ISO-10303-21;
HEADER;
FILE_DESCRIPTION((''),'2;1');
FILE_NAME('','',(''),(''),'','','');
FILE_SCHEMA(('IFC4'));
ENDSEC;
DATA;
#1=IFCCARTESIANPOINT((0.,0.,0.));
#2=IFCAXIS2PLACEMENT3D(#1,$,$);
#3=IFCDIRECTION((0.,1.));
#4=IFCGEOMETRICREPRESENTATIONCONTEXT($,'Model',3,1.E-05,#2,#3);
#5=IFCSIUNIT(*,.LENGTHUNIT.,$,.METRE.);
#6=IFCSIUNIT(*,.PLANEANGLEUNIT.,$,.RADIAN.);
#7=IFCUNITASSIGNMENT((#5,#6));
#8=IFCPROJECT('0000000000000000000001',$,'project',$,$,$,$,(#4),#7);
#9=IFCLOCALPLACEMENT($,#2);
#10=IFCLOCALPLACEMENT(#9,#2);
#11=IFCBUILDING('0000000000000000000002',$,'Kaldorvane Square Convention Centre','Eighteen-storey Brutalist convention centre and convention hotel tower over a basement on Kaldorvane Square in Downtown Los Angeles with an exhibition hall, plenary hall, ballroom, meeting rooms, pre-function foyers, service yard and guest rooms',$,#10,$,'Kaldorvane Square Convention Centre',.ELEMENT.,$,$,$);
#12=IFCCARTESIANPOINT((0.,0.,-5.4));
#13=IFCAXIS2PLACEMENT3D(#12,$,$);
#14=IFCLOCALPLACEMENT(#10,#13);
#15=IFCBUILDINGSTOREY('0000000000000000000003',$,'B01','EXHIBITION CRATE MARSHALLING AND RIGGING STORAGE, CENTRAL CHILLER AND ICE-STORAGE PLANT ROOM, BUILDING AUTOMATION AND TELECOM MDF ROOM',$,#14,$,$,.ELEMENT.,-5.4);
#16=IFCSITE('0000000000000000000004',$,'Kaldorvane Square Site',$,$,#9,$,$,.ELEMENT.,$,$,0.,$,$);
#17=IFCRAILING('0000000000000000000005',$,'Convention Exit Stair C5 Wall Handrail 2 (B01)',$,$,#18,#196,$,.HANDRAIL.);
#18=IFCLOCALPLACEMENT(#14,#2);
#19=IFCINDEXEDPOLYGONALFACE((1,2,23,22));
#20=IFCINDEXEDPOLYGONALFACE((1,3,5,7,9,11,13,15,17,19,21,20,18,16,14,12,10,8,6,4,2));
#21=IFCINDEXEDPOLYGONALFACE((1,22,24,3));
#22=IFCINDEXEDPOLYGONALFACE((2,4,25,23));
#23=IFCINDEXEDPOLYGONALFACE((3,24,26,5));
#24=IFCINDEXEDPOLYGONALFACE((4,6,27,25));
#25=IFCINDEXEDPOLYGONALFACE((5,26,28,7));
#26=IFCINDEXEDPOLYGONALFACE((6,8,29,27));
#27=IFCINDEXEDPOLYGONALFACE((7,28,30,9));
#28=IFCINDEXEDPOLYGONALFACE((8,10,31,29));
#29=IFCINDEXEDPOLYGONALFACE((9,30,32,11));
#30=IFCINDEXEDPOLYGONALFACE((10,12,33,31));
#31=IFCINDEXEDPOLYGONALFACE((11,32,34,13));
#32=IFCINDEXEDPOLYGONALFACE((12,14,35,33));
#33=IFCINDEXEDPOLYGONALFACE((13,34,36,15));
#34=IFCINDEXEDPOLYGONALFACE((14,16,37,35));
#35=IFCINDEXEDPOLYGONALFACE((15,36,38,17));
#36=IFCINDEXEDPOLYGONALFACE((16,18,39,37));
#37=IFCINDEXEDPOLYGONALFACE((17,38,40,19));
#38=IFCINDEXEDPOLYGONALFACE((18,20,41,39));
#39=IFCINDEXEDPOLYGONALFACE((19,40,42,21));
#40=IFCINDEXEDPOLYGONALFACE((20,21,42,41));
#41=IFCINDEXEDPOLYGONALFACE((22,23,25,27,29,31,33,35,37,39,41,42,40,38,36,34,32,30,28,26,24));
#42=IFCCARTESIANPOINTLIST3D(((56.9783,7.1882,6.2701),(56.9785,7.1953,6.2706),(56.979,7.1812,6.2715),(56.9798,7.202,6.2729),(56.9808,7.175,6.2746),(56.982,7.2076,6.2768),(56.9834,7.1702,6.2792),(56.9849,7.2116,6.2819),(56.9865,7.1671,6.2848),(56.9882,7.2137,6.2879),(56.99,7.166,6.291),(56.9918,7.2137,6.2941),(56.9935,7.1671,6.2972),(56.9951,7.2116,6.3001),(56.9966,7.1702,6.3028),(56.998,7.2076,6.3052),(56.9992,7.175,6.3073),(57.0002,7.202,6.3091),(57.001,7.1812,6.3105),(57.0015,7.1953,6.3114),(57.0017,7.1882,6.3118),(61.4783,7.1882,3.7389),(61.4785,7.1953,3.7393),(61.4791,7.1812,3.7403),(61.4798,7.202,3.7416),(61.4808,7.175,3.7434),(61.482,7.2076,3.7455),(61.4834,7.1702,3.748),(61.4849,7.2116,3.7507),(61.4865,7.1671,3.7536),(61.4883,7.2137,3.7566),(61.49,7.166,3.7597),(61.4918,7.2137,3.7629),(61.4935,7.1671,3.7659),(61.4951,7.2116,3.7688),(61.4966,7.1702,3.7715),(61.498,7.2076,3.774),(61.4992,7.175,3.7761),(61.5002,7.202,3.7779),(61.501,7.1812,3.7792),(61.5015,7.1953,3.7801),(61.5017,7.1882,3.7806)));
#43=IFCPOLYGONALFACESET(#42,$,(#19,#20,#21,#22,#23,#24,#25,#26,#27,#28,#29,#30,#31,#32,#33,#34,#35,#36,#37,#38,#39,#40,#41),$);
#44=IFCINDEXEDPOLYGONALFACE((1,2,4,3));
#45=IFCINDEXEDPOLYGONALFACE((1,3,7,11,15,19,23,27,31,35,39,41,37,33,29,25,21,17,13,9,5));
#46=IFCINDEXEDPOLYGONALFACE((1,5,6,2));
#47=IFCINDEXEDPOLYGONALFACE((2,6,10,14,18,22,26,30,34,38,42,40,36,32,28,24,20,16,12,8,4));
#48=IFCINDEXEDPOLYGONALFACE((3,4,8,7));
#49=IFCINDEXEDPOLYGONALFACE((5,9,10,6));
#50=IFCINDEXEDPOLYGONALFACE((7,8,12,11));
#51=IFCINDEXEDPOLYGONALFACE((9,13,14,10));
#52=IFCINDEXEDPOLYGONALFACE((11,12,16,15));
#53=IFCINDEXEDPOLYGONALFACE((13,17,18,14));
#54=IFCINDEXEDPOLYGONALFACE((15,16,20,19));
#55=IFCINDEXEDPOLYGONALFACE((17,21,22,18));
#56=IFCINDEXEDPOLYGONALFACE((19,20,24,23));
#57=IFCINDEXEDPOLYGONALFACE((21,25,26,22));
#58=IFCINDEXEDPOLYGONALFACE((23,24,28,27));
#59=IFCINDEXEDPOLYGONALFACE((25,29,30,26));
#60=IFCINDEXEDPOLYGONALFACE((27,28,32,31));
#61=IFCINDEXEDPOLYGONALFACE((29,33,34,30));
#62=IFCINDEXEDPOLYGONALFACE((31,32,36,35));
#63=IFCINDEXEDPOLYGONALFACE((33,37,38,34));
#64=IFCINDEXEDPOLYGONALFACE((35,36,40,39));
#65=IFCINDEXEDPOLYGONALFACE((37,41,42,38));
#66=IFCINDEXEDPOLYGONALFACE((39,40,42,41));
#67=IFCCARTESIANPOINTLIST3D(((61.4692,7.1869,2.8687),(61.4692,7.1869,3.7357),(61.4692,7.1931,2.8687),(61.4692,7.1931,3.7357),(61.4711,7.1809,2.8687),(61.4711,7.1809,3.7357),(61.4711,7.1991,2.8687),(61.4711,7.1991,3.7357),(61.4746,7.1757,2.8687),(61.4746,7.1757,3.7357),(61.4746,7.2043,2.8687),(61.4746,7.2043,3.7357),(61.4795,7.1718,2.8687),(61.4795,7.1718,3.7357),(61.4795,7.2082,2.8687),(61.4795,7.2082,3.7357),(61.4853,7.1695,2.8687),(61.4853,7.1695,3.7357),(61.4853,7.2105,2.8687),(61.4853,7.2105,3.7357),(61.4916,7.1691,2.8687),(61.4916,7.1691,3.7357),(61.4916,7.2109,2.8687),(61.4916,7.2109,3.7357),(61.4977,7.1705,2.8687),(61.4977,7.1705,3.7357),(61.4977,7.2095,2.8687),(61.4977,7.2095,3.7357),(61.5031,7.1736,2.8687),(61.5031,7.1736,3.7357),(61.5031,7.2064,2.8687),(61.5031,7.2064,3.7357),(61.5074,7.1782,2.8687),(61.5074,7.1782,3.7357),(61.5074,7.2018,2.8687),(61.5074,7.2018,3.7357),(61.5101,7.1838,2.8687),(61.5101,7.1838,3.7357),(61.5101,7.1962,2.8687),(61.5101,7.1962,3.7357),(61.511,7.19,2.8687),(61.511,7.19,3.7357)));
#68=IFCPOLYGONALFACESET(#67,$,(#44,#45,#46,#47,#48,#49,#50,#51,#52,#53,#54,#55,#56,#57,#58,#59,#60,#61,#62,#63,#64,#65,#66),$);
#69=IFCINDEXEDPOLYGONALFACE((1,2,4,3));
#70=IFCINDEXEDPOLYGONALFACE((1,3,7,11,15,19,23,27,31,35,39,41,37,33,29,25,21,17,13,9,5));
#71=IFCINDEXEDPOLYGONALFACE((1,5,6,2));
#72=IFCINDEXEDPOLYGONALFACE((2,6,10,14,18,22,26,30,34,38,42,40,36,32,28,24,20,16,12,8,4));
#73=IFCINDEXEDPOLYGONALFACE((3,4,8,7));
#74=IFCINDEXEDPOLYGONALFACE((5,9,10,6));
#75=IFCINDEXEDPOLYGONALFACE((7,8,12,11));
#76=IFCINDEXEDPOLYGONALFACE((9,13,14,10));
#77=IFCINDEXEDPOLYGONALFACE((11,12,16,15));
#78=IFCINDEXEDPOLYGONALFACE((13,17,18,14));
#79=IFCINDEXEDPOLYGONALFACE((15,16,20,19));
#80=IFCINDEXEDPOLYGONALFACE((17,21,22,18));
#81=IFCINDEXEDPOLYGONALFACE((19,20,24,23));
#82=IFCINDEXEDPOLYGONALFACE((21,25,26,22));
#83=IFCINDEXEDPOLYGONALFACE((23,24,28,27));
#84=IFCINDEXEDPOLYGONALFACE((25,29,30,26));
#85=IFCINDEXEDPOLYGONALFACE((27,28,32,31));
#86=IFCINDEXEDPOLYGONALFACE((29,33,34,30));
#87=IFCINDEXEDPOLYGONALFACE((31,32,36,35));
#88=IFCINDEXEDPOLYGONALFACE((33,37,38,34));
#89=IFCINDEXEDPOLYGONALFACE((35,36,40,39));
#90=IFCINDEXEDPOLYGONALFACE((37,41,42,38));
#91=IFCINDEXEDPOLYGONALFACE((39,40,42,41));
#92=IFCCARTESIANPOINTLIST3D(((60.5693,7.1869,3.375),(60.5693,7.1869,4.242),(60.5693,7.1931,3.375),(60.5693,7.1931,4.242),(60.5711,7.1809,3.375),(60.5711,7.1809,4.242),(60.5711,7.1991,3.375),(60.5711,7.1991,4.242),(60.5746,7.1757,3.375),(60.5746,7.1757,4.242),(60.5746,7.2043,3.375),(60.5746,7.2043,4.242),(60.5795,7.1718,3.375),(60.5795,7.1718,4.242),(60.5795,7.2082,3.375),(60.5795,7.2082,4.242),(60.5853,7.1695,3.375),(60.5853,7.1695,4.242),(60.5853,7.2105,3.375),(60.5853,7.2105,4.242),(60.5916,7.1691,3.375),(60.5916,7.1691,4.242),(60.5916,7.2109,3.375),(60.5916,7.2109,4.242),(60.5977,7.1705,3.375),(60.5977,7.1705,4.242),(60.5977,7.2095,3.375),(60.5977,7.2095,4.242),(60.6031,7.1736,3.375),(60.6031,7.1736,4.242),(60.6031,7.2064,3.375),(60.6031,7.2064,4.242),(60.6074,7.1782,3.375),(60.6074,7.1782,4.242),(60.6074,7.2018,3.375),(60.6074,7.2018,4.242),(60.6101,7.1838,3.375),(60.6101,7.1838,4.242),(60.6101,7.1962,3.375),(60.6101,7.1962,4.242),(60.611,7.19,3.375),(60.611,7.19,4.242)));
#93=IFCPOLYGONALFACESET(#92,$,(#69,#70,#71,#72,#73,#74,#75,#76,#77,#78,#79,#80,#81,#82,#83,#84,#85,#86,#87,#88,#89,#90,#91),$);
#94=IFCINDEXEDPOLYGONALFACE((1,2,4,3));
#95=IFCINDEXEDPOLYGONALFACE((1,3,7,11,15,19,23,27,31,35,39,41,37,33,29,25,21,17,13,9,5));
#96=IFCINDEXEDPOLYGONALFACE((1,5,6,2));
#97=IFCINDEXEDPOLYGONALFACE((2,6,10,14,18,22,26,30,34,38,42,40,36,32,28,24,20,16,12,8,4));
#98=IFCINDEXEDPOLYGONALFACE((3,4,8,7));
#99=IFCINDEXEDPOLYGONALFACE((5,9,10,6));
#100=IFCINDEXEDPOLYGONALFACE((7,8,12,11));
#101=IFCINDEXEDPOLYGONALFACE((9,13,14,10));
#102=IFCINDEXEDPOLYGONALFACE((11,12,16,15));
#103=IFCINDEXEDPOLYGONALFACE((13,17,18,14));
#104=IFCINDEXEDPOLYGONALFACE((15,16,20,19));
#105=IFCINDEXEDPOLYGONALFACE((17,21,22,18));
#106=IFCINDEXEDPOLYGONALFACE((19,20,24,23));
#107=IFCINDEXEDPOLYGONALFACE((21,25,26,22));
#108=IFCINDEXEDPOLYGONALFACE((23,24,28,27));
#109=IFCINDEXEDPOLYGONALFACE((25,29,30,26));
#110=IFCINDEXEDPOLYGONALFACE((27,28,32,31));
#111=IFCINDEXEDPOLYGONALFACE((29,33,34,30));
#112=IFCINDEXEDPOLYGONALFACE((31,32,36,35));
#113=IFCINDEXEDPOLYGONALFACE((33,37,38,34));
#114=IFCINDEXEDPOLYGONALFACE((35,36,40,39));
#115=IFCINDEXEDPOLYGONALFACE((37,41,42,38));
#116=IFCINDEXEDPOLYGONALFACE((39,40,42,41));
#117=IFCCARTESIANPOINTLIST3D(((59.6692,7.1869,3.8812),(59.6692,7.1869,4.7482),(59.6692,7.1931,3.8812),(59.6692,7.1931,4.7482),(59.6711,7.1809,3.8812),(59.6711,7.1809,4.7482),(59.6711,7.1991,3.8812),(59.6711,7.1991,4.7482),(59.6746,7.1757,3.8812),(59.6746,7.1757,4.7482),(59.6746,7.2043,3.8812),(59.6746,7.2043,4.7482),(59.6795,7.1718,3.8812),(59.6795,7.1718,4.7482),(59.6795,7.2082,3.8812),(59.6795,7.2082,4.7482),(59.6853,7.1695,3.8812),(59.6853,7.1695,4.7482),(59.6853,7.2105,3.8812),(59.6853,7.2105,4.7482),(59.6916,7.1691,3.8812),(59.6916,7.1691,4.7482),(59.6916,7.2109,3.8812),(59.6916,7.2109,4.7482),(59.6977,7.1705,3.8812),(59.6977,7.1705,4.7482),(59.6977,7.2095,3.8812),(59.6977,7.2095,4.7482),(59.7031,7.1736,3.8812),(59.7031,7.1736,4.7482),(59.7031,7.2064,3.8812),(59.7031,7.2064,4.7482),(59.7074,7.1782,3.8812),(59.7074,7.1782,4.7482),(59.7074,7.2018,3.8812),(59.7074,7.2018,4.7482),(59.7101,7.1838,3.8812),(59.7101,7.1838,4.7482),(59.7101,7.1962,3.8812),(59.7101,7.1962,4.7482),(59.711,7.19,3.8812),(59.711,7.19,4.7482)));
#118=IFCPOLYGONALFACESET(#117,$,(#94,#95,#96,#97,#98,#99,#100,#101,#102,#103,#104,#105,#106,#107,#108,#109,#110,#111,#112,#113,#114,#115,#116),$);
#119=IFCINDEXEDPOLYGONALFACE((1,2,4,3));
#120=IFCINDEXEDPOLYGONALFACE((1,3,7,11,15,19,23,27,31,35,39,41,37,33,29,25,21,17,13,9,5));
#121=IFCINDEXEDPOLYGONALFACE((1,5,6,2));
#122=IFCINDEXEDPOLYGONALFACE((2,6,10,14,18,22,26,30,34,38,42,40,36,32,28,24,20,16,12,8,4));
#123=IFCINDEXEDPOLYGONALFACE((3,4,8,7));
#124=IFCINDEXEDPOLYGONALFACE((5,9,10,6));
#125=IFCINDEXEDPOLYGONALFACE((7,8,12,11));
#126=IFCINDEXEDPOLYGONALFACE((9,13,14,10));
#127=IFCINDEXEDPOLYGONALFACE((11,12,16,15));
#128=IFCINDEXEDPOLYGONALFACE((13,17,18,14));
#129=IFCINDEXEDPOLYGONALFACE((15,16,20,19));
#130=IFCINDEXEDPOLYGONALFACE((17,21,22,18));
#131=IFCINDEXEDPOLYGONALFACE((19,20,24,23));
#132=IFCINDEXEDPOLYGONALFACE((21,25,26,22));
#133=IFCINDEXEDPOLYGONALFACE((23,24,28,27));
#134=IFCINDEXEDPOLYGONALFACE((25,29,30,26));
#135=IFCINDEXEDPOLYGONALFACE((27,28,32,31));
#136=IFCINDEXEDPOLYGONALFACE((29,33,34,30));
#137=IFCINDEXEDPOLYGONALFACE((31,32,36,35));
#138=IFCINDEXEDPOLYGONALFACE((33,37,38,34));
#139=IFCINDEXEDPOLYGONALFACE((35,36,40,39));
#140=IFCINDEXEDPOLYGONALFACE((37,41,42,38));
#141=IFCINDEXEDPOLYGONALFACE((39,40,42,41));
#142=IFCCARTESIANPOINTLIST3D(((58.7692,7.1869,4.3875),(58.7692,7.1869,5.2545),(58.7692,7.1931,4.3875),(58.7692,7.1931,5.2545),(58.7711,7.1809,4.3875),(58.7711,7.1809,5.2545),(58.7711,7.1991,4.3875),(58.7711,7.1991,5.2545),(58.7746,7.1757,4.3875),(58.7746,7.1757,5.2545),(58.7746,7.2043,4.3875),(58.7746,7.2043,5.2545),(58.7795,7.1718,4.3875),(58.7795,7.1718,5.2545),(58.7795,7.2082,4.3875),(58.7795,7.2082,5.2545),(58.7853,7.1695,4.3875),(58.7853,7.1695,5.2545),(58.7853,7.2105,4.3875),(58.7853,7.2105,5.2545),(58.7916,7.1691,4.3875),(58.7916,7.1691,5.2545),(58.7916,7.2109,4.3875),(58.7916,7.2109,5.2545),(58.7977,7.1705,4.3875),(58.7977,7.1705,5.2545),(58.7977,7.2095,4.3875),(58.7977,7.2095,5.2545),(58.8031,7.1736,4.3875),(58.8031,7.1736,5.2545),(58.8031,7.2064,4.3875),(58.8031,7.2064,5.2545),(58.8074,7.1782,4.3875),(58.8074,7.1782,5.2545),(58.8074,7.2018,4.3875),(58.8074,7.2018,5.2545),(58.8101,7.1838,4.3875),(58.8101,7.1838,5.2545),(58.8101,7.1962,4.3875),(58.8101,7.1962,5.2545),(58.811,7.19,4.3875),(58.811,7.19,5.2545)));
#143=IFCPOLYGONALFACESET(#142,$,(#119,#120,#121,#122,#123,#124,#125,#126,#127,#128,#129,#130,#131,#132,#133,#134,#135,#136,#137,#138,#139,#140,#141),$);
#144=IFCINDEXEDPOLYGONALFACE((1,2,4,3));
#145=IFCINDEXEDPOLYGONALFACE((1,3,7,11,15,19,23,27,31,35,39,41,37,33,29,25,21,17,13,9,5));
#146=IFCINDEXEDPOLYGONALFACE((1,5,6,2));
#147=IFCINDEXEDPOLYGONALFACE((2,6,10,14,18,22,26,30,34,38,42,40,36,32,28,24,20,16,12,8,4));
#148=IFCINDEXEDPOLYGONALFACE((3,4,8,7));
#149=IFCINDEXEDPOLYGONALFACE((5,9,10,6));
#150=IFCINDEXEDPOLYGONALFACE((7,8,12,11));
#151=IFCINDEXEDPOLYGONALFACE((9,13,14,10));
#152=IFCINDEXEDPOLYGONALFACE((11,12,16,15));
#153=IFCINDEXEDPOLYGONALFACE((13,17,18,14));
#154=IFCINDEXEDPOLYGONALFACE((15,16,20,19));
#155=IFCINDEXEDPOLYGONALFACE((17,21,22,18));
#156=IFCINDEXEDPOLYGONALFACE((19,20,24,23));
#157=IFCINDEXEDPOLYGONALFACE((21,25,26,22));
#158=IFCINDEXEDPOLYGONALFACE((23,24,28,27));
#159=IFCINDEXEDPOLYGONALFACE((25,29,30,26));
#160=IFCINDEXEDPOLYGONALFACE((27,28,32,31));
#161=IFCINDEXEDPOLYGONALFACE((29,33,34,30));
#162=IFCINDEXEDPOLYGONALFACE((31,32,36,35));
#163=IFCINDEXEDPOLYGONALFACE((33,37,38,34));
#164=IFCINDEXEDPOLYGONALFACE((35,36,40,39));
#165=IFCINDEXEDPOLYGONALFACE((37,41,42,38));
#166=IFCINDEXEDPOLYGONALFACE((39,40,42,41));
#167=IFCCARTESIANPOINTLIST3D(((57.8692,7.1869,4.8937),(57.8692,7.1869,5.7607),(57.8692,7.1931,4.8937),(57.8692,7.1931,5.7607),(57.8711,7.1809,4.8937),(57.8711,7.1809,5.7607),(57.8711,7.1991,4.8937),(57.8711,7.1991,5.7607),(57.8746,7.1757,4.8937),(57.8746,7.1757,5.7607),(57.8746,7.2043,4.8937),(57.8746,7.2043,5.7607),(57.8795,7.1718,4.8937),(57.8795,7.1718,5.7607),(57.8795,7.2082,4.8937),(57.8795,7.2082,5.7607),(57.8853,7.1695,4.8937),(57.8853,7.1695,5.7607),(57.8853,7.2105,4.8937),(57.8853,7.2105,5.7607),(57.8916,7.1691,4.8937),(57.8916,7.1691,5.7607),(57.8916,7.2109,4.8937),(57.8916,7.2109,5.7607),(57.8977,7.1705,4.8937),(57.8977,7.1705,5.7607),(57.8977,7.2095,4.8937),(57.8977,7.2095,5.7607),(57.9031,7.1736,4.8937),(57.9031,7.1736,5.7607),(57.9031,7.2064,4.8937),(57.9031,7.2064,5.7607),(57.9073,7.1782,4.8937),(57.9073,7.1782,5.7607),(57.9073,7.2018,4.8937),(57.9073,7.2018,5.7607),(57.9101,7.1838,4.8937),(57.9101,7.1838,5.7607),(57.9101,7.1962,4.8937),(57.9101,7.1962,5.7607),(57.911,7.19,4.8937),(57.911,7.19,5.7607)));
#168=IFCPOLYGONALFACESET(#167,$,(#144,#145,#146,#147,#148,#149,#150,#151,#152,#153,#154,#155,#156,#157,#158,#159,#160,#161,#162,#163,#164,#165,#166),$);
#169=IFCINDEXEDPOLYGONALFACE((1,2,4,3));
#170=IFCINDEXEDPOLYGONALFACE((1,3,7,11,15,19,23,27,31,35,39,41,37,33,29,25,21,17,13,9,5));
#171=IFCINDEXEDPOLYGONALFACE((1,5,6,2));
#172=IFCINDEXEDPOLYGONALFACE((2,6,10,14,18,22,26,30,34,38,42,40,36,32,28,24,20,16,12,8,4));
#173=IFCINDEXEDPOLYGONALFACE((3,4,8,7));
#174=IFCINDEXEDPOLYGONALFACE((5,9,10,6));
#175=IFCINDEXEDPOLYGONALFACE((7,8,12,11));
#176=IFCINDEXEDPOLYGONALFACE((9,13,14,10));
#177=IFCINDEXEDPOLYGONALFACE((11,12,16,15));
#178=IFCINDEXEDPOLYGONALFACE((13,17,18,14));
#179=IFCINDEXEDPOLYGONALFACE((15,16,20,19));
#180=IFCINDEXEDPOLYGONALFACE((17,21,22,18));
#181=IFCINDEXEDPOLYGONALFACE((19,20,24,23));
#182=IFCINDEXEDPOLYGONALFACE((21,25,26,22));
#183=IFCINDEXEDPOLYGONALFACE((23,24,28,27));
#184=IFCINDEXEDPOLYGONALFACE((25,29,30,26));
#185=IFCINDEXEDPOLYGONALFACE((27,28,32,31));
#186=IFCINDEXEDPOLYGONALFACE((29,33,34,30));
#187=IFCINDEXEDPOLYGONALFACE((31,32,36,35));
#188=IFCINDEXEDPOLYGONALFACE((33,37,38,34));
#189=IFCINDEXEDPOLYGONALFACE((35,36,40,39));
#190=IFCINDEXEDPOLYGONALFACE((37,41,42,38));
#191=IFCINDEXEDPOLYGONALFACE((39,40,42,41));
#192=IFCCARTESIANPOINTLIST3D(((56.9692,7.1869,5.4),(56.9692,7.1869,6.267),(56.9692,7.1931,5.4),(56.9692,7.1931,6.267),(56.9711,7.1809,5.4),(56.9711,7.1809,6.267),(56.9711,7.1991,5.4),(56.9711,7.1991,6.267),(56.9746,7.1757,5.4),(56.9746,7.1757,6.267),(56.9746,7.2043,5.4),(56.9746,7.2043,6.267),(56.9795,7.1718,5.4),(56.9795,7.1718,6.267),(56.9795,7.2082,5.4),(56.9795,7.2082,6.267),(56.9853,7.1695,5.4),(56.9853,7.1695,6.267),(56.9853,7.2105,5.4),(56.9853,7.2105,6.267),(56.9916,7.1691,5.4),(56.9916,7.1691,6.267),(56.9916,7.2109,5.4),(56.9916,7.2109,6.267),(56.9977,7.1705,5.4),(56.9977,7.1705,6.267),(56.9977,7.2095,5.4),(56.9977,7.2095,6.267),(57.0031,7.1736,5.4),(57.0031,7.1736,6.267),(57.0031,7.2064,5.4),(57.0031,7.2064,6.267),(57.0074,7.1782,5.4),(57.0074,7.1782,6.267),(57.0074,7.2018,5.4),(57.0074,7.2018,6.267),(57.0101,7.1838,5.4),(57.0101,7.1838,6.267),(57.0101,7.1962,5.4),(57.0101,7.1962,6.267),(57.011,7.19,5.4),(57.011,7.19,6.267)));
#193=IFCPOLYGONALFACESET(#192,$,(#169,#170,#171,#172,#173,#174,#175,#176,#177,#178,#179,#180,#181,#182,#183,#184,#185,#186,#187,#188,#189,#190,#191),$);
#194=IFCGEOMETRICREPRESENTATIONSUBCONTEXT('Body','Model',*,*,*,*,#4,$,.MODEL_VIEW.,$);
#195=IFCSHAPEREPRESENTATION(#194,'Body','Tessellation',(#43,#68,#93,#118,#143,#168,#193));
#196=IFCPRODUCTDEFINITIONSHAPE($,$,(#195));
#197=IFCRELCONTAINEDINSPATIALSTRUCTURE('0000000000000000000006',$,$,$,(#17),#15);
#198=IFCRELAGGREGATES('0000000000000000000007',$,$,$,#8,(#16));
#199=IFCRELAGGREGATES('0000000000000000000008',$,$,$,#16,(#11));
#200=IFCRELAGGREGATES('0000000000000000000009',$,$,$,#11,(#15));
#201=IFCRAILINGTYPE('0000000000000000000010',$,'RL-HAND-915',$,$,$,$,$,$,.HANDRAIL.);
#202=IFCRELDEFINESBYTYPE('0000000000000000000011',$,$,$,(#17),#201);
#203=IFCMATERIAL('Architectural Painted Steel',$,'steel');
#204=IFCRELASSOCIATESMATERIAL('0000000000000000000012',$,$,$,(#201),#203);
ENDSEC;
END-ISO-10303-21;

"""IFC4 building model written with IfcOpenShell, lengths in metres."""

from ifc_helpers import new_model, si_unit, direction, frame, origin, origin_2d, place, context, subcontext, project, spatial, circle, extrude, material, type_object, element, save


model = new_model("IFC4")

# Units and contexts
model_context = context("Model", 3, precision=1e-05, world=origin(), true_north=direction((0.0, 1.0)))
body_context = subcontext(model_context, "Body", "Model", "MODEL_VIEW")
ifc_project = project(units=[si_unit("LENGTHUNIT", "METRE"), si_unit("PLANEANGLEUNIT", "RADIAN")], contexts=[model_context])

# Site, building, storey
site_placement = place(None, origin())
site = spatial("IfcSite", under=ifc_project, at=site_placement, Name="Kaldorvane Square Site", CompositionType="ELEMENT", RefElevation=0.0)
building_placement = place(site_placement, origin())
building = spatial("IfcBuilding", under=site, at=building_placement, Name="Kaldorvane Square Convention Centre", Description="Eighteen-storey Brutalist convention centre and convention hotel tower over a basement on Kaldorvane Square in Downtown Los Angeles with an exhibition hall, plenary hall, ballroom, meeting rooms, pre-function foyers, service yard and guest rooms", LongName="Kaldorvane Square Convention Centre", CompositionType="ELEMENT")
storey_placement = place(building_placement, frame((0.0, 0.0, -5.4)))
storey = spatial("IfcBuildingStorey", under=building, at=storey_placement, Name="B01", Description="EXHIBITION CRATE MARSHALLING AND RIGGING STORAGE, CENTRAL CHILLER AND ICE-STORAGE PLANT ROOM, BUILDING AUTOMATION AND TELECOM MDF ROOM", CompositionType="ELEMENT", Elevation=-5.4)

# Railing
ifc_material_1 = material(Name="Architectural Painted Steel", Category="steel")
railing_type = type_object("IfcRailingType", Name="RL-HAND-915", PredefinedType="HANDRAIL", material=ifc_material_1)
for number, where, name in (
    (1, (61.49, 7.19, 2.8687), "Convention Exit Stair C5 Wall Handrail 2 (B01)"),
):
    element("IfcRailing", number, at=place(storey_placement, frame(where)), inside=storey, type_object=railing_type, Name=name, PredefinedType="HANDRAIL", context=body_context, shape_type="SweptSolid", body=[
        extrude(circle(Radius=0.024, at=origin_2d()), frame((0.0, 0.0, 0.891), z_axis=(-0.871576, 0.0, 0.490261), x_axis=(0.0, -1.0, 0.0)), (0.0, 0.0, 1.0), 5.1631),
        extrude(circle(Radius=0.021, at=origin_2d()), origin(), (0.0, 0.0, 1.0), 0.867),
        extrude(circle(Radius=0.021, at=origin_2d()), frame((-0.9, 0.0, 0.5063)), (0.0, 0.0, 1.0), 0.867),
        extrude(circle(Radius=0.021, at=origin_2d()), frame((-1.8, 0.0, 1.0125)), (0.0, 0.0, 1.0), 0.867),
        extrude(circle(Radius=0.021, at=origin_2d()), frame((-2.7, 0.0, 1.5188)), (0.0, 0.0, 1.0), 0.867),
        extrude(circle(Radius=0.021, at=origin_2d()), frame((-3.6, 0.0, 2.025)), (0.0, 0.0, 1.0), 0.867),
        extrude(circle(Radius=0.021, at=origin_2d()), frame((-4.5, 0.0, 2.5312)), (0.0, 0.0, 1.0), 0.867),
    ])

save(model, "model.ifc")
